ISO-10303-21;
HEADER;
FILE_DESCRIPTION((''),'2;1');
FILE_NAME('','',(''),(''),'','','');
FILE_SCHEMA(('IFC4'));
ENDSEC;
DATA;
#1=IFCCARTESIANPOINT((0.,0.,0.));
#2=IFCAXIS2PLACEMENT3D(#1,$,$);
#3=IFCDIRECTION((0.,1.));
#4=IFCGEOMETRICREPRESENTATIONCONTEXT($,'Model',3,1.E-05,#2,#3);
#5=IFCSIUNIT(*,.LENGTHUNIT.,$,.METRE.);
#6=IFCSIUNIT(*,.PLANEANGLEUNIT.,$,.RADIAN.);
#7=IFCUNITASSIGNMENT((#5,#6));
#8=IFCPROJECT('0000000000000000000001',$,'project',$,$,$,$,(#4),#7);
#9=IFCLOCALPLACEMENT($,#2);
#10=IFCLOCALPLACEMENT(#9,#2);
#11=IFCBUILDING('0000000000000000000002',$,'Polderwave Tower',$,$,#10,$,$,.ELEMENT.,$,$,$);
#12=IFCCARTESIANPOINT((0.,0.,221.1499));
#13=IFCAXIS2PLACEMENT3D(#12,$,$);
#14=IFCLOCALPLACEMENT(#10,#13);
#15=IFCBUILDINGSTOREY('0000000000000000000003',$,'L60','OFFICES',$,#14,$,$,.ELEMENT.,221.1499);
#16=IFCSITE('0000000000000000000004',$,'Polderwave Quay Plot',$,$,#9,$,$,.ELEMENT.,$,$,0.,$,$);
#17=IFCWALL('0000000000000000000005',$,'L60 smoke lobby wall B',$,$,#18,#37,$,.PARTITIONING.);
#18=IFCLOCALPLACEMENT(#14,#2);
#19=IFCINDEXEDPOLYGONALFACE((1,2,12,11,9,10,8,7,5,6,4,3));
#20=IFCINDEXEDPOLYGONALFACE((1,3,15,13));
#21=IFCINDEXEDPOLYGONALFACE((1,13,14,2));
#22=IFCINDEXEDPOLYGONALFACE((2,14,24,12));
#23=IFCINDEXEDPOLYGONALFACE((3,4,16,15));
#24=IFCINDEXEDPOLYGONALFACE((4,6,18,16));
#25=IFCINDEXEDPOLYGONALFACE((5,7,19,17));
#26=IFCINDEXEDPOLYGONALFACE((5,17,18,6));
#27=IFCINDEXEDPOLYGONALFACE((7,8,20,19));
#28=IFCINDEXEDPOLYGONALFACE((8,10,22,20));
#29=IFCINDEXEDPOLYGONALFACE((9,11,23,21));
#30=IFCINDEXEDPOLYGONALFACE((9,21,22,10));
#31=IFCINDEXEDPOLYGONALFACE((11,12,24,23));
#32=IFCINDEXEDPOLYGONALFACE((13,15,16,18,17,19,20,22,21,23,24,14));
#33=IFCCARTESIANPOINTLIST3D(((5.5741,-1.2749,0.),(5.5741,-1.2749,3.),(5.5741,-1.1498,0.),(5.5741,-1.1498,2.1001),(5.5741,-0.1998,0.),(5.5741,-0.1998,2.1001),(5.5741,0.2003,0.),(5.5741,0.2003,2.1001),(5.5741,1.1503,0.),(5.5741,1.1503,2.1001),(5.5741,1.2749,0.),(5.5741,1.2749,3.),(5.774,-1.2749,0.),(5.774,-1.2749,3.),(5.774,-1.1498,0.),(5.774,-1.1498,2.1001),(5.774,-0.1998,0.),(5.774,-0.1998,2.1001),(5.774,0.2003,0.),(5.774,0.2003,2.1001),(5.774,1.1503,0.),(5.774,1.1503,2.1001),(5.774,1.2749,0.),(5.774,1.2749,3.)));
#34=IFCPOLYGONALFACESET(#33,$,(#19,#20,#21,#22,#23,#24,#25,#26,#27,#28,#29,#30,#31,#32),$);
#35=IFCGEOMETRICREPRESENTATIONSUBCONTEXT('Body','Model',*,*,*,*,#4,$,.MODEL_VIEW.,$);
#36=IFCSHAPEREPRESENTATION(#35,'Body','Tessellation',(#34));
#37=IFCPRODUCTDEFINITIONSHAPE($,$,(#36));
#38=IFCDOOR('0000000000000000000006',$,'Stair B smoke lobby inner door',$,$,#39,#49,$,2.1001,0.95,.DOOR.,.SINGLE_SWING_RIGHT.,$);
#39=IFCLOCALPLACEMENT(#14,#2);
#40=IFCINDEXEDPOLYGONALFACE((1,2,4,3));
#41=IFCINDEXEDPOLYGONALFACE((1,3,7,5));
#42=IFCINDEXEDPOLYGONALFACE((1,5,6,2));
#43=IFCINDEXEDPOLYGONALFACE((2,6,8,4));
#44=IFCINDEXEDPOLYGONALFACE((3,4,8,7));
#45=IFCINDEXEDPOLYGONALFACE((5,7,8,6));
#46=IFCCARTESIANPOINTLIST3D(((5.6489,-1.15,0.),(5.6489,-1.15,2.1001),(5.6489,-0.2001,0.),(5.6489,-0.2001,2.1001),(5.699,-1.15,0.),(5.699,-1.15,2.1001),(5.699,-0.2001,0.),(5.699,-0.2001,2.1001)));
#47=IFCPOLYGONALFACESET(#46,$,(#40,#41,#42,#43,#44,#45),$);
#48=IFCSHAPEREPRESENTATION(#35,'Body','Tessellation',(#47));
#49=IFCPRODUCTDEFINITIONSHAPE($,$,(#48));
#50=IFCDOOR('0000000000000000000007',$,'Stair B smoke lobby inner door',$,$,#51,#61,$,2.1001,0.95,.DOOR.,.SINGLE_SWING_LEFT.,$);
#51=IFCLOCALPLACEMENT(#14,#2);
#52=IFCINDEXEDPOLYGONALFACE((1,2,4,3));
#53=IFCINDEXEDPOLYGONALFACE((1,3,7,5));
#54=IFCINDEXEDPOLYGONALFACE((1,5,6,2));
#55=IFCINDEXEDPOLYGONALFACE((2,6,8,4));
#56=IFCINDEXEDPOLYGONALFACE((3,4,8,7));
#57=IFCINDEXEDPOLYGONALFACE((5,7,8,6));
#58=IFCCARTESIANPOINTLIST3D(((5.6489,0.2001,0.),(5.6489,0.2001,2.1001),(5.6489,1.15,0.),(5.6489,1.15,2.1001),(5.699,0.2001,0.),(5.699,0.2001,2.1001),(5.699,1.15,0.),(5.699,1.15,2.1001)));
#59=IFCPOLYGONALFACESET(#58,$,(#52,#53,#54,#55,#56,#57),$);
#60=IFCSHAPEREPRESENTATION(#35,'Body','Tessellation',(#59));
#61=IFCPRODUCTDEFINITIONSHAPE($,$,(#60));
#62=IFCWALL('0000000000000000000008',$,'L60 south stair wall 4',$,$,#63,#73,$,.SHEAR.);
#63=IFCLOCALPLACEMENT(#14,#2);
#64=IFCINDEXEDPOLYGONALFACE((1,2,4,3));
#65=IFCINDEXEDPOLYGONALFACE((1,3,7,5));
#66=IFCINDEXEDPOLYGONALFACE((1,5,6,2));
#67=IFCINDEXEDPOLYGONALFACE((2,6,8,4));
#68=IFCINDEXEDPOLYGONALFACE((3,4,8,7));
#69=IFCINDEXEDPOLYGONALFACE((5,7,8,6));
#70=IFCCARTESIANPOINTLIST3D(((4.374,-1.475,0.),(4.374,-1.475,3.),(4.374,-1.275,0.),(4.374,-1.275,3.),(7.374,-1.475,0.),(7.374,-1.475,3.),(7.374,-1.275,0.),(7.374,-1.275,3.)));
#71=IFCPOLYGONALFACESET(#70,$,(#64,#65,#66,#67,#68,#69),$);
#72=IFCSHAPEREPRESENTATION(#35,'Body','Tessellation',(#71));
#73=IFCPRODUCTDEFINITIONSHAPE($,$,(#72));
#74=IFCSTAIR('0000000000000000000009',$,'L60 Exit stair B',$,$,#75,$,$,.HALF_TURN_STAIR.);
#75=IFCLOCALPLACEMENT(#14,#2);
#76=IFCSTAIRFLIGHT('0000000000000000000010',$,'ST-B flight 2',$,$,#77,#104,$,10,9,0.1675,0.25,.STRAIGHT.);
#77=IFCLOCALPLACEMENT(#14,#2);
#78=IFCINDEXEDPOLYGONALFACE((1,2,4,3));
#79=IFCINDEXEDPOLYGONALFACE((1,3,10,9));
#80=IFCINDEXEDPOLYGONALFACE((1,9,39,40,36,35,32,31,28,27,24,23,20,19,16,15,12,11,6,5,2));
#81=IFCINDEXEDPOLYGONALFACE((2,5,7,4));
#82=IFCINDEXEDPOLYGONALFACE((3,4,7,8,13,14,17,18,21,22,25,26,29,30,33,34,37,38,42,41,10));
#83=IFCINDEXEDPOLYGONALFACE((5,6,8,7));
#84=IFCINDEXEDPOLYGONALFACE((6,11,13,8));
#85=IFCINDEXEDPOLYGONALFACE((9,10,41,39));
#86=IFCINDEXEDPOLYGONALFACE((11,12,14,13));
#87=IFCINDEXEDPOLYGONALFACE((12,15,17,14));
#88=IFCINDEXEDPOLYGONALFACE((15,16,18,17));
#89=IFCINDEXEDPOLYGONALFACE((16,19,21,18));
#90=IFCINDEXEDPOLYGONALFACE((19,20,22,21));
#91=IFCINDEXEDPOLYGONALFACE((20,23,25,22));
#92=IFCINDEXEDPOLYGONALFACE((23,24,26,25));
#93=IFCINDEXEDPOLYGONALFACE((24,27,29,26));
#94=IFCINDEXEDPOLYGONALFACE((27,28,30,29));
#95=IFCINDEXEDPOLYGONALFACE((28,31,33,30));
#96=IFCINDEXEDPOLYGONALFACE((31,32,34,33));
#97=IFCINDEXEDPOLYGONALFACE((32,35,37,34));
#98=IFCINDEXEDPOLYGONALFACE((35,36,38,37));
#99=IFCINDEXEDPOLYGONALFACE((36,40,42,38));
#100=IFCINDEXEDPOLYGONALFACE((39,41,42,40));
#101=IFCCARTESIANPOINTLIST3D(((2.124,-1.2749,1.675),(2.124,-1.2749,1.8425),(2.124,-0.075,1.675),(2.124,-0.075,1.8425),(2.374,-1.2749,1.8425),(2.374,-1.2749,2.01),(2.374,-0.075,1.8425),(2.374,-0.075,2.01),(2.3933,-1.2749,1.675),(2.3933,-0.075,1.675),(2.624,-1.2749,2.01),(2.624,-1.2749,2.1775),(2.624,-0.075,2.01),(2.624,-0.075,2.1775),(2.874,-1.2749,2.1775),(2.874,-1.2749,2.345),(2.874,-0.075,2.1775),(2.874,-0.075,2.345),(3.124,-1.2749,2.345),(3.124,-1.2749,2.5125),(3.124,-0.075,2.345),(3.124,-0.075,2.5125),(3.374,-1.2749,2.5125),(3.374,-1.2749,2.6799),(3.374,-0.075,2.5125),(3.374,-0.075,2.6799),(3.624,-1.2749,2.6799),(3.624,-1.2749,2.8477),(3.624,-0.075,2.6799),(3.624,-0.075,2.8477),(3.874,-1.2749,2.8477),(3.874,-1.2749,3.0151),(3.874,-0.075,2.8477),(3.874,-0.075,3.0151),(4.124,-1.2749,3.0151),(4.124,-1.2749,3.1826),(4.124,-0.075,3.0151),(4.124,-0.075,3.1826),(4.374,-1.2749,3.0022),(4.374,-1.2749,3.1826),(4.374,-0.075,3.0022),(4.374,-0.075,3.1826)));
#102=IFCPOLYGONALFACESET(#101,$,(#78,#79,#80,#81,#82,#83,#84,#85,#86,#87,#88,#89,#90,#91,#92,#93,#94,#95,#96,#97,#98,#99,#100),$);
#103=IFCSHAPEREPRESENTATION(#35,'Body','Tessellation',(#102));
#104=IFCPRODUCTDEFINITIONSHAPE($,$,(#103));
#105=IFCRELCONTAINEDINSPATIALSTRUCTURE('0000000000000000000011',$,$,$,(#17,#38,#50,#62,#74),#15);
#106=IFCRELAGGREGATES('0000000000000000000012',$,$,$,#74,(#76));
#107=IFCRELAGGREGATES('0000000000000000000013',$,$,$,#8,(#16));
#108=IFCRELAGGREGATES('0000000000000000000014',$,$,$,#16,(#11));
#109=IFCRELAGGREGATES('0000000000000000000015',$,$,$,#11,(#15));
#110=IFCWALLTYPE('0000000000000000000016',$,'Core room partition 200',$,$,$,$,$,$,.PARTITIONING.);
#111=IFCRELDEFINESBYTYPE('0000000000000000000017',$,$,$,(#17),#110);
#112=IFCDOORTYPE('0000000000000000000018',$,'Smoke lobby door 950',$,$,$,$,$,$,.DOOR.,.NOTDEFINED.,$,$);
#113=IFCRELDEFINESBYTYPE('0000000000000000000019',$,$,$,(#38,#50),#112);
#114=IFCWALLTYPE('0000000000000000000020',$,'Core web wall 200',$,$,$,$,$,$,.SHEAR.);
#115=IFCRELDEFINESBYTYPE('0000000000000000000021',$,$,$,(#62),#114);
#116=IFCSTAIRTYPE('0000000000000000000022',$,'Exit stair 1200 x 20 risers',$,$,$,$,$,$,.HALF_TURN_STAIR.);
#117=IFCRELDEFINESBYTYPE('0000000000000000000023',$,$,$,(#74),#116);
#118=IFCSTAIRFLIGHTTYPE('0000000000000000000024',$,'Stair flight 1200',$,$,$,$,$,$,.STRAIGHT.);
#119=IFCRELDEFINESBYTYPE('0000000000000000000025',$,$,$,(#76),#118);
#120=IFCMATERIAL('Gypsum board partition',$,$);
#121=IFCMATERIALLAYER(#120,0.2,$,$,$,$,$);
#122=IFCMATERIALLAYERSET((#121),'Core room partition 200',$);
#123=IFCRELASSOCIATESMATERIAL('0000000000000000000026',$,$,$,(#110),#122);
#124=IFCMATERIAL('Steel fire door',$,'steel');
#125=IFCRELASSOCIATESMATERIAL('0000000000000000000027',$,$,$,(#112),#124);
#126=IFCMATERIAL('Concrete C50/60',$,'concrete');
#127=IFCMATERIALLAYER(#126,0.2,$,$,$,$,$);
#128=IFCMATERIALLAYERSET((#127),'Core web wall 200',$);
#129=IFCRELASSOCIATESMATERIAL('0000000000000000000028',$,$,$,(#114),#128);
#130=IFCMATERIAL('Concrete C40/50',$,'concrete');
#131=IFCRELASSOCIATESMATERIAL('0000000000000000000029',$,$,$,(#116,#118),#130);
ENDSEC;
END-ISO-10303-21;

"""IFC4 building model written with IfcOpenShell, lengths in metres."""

from ifc_helpers import new_model, si_unit, direction, frame, frame_2d, origin, place, context, subcontext, project, spatial, polyline, rectangle, outline, extrude, material, layer, layer_set, type_object, element, fill, aggregate, save


model = new_model("IFC4")

# Units and contexts
model_context = context("Model", 3, precision=1e-05, world=origin(), true_north=direction((0.0, 1.0)))
body_context = subcontext(model_context, "Body", "Model", "MODEL_VIEW")
ifc_project = project(units=[si_unit("LENGTHUNIT", "METRE"), si_unit("PLANEANGLEUNIT", "RADIAN")], contexts=[model_context])

# Site, building, storey
site_placement = place(None, origin())
site = spatial("IfcSite", under=ifc_project, at=site_placement, Name="Polderwave Quay Plot", CompositionType="ELEMENT", RefElevation=0.0)
building_placement = place(site_placement, origin())
building = spatial("IfcBuilding", under=site, at=building_placement, Name="Polderwave Tower", CompositionType="ELEMENT")
storey_placement = place(building_placement, frame((0.0, 0.0, 221.1499)))
storey = spatial("IfcBuildingStorey", under=building, at=storey_placement, Name="L60", Description="OFFICES", CompositionType="ELEMENT", Elevation=221.1499)

# Wall, openings, doors
ifc_material_1 = material(Name="Gypsum board partition")
ifc_layer_1 = layer(ifc_material_1, 0.2)
ifc_layer_set_1 = layer_set([ifc_layer_1], Name="Core room partition 200")
wall_type_1 = type_object("IfcWallType", Name="Core room partition 200", PredefinedType="PARTITIONING", material=ifc_layer_set_1)
wall_1_placement = place(storey_placement, frame((5.6741, -1.2749, 0.0), z_axis=(0.0, 0.0, 1.0), x_axis=(0.0, 1.0, 0.0)))
wall_1 = element("IfcWall", 1, at=wall_1_placement, inside=storey, type_object=wall_type_1, Name="L60 smoke lobby wall B", PredefinedType="PARTITIONING", context=body_context, shape_type="SweptSolid", body=[
    extrude(rectangle(XDim=2.5498, YDim=0.2, at=frame_2d((1.2749, 0.0))), origin(), (0.0, 0.0, 1.0), 3.0),
])
opening_1_placement = place(wall_1_placement, frame((0.125, 0.0, 0.0)))
opening_1 = element("IfcOpeningElement", 2, at=opening_1_placement, cuts=wall_1, PredefinedType="OPENING", context=body_context, shape_type="SweptSolid", body=[
    extrude(rectangle(XDim=0.95, YDim=2.1001, at=frame_2d((0.4751, 1.05))), frame((0.0, 0.1099, 0.0), z_axis=(0.0, -1.0, 0.0), x_axis=(1.0, 0.0, 0.0)), (0.0, 0.0, 1.0), 0.22),
])
opening_2_placement = place(wall_1_placement, frame((1.4751, 0.0, 0.0)))
opening_2 = element("IfcOpeningElement", 3, at=opening_2_placement, cuts=wall_1, PredefinedType="OPENING", context=body_context, shape_type="SweptSolid", body=[
    extrude(rectangle(XDim=0.95, YDim=2.1001, at=frame_2d((0.4751, 1.05))), frame((0.0, 0.1099, 0.0), z_axis=(0.0, -1.0, 0.0), x_axis=(1.0, 0.0, 0.0)), (0.0, 0.0, 1.0), 0.22),
])
ifc_material_2 = material(Name="Steel fire door", Category="steel")
door_type = type_object("IfcDoorType", Name="Smoke lobby door 950", OperationType="NOTDEFINED", PredefinedType="DOOR", material=ifc_material_2)
door_1_placement = place(opening_1_placement, frame((0.95, 0.0, 0.0), z_axis=(0.0, 0.0, 1.0), x_axis=(-1.0, 0.0, 0.0)))
door_1 = element("IfcDoor", 4, at=door_1_placement, inside=storey, type_object=door_type, Name="Stair B smoke lobby inner door", OperationType="SINGLE_SWING_RIGHT", OverallHeight=2.1001, OverallWidth=0.95, PredefinedType="DOOR", context=body_context, shape_type="SweptSolid", body=[
    extrude(rectangle(XDim=0.95, YDim=2.1001, at=frame_2d((0.4751, 1.05))), frame((0.0, 0.0249, 0.0), z_axis=(0.0, -1.0, 0.0), x_axis=(1.0, 0.0, 0.0)), (0.0, 0.0, 1.0), 0.05),
])
fill(opening_1, door_1)
door_2_placement = place(opening_2_placement, frame((0.95, 0.0, 0.0), z_axis=(0.0, 0.0, 1.0), x_axis=(-1.0, 0.0, 0.0)))
door_2 = element("IfcDoor", 5, at=door_2_placement, inside=storey, type_object=door_type, Name="Stair B smoke lobby inner door", OperationType="SINGLE_SWING_LEFT", OverallHeight=2.1001, OverallWidth=0.95, PredefinedType="DOOR", context=body_context, shape_type="SweptSolid", body=[
    extrude(rectangle(XDim=0.95, YDim=2.1001, at=frame_2d((0.4751, 1.05))), frame((0.0, 0.0249, 0.0), z_axis=(0.0, -1.0, 0.0), x_axis=(1.0, 0.0, 0.0)), (0.0, 0.0, 1.0), 0.05),
])
fill(opening_2, door_2)

# Wall
ifc_material_3 = material(Name="Concrete C50/60", Category="concrete")
ifc_layer_2 = layer(ifc_material_3, 0.2)
ifc_layer_set_2 = layer_set([ifc_layer_2], Name="Core web wall 200")
wall_type_2 = type_object("IfcWallType", Name="Core web wall 200", PredefinedType="SHEAR", material=ifc_layer_set_2)
wall_2_placement = place(storey_placement, frame((4.374, -1.375, 0.0), z_axis=(0.0, 0.0, 1.0), x_axis=(1.0, 0.0, 0.0)))
element("IfcWall", 6, at=wall_2_placement, inside=storey, type_object=wall_type_2, Name="L60 south stair wall 4", PredefinedType="SHEAR", context=body_context, shape_type="SweptSolid", body=[
    extrude(rectangle(XDim=3.0, YDim=0.2, at=frame_2d((1.5, 0.0))), origin(), (0.0, 0.0, 1.0), 3.0),
])

# Stair, stair flight
ifc_material_4 = material(Name="Concrete C40/50", Category="concrete")
stair_type = type_object("IfcStairType", Name="Exit stair 1200 x 20 risers", PredefinedType="HALF_TURN_STAIR", material=ifc_material_4)
stair_placement = place(storey_placement, origin())
stair = element("IfcStair", 7, at=stair_placement, inside=storey, type_object=stair_type, Name="L60 Exit stair B", PredefinedType="HALF_TURN_STAIR")
stair_flight_type = type_object("IfcStairFlightType", Name="Stair flight 1200", PredefinedType="STRAIGHT", material=ifc_material_4)
stair_flight_placement = place(storey_placement, frame((2.124, -0.675, 1.675), z_axis=(0.0, 0.0, 1.0), x_axis=(1.0, 0.0, 0.0)))
stair_flight = element("IfcStairFlight", 8, at=stair_flight_placement, type_object=stair_flight_type, Name="ST-B flight 2", NumberOfRisers=10, NumberOfTreads=9, PredefinedType="STRAIGHT", RiserHeight=0.1675, TreadLength=0.25, context=body_context, shape_type="SweptSolid", body=[
    extrude(outline(polyline([(0.0, 0.0), (0.0, 0.1675), (0.25, 0.1675), (0.25, 0.335), (0.5, 0.335), (0.5, 0.5024), (0.75, 0.5024), (0.75, 0.6699), (1.0, 0.6699), (1.0, 0.8374), (1.25, 0.8374), (1.25, 1.0049), (1.5, 1.0049), (1.5, 1.1726), (1.75, 1.1726), (1.75, 1.3401), (2.0, 1.3401), (2.0, 1.5076), (2.25, 1.5076), (2.25, 1.675), (2.25, 1.3271), (0.2693, 0.0), (0.0, 0.0)])), frame((0.0, 0.6001, 0.0), z_axis=(0.0, -1.0, 0.0), x_axis=(1.0, 0.0, 0.0)), (0.0, 0.0, 1.0), 1.2),
])
aggregate(stair, [stair_flight])

save(model, "model.ifc")
